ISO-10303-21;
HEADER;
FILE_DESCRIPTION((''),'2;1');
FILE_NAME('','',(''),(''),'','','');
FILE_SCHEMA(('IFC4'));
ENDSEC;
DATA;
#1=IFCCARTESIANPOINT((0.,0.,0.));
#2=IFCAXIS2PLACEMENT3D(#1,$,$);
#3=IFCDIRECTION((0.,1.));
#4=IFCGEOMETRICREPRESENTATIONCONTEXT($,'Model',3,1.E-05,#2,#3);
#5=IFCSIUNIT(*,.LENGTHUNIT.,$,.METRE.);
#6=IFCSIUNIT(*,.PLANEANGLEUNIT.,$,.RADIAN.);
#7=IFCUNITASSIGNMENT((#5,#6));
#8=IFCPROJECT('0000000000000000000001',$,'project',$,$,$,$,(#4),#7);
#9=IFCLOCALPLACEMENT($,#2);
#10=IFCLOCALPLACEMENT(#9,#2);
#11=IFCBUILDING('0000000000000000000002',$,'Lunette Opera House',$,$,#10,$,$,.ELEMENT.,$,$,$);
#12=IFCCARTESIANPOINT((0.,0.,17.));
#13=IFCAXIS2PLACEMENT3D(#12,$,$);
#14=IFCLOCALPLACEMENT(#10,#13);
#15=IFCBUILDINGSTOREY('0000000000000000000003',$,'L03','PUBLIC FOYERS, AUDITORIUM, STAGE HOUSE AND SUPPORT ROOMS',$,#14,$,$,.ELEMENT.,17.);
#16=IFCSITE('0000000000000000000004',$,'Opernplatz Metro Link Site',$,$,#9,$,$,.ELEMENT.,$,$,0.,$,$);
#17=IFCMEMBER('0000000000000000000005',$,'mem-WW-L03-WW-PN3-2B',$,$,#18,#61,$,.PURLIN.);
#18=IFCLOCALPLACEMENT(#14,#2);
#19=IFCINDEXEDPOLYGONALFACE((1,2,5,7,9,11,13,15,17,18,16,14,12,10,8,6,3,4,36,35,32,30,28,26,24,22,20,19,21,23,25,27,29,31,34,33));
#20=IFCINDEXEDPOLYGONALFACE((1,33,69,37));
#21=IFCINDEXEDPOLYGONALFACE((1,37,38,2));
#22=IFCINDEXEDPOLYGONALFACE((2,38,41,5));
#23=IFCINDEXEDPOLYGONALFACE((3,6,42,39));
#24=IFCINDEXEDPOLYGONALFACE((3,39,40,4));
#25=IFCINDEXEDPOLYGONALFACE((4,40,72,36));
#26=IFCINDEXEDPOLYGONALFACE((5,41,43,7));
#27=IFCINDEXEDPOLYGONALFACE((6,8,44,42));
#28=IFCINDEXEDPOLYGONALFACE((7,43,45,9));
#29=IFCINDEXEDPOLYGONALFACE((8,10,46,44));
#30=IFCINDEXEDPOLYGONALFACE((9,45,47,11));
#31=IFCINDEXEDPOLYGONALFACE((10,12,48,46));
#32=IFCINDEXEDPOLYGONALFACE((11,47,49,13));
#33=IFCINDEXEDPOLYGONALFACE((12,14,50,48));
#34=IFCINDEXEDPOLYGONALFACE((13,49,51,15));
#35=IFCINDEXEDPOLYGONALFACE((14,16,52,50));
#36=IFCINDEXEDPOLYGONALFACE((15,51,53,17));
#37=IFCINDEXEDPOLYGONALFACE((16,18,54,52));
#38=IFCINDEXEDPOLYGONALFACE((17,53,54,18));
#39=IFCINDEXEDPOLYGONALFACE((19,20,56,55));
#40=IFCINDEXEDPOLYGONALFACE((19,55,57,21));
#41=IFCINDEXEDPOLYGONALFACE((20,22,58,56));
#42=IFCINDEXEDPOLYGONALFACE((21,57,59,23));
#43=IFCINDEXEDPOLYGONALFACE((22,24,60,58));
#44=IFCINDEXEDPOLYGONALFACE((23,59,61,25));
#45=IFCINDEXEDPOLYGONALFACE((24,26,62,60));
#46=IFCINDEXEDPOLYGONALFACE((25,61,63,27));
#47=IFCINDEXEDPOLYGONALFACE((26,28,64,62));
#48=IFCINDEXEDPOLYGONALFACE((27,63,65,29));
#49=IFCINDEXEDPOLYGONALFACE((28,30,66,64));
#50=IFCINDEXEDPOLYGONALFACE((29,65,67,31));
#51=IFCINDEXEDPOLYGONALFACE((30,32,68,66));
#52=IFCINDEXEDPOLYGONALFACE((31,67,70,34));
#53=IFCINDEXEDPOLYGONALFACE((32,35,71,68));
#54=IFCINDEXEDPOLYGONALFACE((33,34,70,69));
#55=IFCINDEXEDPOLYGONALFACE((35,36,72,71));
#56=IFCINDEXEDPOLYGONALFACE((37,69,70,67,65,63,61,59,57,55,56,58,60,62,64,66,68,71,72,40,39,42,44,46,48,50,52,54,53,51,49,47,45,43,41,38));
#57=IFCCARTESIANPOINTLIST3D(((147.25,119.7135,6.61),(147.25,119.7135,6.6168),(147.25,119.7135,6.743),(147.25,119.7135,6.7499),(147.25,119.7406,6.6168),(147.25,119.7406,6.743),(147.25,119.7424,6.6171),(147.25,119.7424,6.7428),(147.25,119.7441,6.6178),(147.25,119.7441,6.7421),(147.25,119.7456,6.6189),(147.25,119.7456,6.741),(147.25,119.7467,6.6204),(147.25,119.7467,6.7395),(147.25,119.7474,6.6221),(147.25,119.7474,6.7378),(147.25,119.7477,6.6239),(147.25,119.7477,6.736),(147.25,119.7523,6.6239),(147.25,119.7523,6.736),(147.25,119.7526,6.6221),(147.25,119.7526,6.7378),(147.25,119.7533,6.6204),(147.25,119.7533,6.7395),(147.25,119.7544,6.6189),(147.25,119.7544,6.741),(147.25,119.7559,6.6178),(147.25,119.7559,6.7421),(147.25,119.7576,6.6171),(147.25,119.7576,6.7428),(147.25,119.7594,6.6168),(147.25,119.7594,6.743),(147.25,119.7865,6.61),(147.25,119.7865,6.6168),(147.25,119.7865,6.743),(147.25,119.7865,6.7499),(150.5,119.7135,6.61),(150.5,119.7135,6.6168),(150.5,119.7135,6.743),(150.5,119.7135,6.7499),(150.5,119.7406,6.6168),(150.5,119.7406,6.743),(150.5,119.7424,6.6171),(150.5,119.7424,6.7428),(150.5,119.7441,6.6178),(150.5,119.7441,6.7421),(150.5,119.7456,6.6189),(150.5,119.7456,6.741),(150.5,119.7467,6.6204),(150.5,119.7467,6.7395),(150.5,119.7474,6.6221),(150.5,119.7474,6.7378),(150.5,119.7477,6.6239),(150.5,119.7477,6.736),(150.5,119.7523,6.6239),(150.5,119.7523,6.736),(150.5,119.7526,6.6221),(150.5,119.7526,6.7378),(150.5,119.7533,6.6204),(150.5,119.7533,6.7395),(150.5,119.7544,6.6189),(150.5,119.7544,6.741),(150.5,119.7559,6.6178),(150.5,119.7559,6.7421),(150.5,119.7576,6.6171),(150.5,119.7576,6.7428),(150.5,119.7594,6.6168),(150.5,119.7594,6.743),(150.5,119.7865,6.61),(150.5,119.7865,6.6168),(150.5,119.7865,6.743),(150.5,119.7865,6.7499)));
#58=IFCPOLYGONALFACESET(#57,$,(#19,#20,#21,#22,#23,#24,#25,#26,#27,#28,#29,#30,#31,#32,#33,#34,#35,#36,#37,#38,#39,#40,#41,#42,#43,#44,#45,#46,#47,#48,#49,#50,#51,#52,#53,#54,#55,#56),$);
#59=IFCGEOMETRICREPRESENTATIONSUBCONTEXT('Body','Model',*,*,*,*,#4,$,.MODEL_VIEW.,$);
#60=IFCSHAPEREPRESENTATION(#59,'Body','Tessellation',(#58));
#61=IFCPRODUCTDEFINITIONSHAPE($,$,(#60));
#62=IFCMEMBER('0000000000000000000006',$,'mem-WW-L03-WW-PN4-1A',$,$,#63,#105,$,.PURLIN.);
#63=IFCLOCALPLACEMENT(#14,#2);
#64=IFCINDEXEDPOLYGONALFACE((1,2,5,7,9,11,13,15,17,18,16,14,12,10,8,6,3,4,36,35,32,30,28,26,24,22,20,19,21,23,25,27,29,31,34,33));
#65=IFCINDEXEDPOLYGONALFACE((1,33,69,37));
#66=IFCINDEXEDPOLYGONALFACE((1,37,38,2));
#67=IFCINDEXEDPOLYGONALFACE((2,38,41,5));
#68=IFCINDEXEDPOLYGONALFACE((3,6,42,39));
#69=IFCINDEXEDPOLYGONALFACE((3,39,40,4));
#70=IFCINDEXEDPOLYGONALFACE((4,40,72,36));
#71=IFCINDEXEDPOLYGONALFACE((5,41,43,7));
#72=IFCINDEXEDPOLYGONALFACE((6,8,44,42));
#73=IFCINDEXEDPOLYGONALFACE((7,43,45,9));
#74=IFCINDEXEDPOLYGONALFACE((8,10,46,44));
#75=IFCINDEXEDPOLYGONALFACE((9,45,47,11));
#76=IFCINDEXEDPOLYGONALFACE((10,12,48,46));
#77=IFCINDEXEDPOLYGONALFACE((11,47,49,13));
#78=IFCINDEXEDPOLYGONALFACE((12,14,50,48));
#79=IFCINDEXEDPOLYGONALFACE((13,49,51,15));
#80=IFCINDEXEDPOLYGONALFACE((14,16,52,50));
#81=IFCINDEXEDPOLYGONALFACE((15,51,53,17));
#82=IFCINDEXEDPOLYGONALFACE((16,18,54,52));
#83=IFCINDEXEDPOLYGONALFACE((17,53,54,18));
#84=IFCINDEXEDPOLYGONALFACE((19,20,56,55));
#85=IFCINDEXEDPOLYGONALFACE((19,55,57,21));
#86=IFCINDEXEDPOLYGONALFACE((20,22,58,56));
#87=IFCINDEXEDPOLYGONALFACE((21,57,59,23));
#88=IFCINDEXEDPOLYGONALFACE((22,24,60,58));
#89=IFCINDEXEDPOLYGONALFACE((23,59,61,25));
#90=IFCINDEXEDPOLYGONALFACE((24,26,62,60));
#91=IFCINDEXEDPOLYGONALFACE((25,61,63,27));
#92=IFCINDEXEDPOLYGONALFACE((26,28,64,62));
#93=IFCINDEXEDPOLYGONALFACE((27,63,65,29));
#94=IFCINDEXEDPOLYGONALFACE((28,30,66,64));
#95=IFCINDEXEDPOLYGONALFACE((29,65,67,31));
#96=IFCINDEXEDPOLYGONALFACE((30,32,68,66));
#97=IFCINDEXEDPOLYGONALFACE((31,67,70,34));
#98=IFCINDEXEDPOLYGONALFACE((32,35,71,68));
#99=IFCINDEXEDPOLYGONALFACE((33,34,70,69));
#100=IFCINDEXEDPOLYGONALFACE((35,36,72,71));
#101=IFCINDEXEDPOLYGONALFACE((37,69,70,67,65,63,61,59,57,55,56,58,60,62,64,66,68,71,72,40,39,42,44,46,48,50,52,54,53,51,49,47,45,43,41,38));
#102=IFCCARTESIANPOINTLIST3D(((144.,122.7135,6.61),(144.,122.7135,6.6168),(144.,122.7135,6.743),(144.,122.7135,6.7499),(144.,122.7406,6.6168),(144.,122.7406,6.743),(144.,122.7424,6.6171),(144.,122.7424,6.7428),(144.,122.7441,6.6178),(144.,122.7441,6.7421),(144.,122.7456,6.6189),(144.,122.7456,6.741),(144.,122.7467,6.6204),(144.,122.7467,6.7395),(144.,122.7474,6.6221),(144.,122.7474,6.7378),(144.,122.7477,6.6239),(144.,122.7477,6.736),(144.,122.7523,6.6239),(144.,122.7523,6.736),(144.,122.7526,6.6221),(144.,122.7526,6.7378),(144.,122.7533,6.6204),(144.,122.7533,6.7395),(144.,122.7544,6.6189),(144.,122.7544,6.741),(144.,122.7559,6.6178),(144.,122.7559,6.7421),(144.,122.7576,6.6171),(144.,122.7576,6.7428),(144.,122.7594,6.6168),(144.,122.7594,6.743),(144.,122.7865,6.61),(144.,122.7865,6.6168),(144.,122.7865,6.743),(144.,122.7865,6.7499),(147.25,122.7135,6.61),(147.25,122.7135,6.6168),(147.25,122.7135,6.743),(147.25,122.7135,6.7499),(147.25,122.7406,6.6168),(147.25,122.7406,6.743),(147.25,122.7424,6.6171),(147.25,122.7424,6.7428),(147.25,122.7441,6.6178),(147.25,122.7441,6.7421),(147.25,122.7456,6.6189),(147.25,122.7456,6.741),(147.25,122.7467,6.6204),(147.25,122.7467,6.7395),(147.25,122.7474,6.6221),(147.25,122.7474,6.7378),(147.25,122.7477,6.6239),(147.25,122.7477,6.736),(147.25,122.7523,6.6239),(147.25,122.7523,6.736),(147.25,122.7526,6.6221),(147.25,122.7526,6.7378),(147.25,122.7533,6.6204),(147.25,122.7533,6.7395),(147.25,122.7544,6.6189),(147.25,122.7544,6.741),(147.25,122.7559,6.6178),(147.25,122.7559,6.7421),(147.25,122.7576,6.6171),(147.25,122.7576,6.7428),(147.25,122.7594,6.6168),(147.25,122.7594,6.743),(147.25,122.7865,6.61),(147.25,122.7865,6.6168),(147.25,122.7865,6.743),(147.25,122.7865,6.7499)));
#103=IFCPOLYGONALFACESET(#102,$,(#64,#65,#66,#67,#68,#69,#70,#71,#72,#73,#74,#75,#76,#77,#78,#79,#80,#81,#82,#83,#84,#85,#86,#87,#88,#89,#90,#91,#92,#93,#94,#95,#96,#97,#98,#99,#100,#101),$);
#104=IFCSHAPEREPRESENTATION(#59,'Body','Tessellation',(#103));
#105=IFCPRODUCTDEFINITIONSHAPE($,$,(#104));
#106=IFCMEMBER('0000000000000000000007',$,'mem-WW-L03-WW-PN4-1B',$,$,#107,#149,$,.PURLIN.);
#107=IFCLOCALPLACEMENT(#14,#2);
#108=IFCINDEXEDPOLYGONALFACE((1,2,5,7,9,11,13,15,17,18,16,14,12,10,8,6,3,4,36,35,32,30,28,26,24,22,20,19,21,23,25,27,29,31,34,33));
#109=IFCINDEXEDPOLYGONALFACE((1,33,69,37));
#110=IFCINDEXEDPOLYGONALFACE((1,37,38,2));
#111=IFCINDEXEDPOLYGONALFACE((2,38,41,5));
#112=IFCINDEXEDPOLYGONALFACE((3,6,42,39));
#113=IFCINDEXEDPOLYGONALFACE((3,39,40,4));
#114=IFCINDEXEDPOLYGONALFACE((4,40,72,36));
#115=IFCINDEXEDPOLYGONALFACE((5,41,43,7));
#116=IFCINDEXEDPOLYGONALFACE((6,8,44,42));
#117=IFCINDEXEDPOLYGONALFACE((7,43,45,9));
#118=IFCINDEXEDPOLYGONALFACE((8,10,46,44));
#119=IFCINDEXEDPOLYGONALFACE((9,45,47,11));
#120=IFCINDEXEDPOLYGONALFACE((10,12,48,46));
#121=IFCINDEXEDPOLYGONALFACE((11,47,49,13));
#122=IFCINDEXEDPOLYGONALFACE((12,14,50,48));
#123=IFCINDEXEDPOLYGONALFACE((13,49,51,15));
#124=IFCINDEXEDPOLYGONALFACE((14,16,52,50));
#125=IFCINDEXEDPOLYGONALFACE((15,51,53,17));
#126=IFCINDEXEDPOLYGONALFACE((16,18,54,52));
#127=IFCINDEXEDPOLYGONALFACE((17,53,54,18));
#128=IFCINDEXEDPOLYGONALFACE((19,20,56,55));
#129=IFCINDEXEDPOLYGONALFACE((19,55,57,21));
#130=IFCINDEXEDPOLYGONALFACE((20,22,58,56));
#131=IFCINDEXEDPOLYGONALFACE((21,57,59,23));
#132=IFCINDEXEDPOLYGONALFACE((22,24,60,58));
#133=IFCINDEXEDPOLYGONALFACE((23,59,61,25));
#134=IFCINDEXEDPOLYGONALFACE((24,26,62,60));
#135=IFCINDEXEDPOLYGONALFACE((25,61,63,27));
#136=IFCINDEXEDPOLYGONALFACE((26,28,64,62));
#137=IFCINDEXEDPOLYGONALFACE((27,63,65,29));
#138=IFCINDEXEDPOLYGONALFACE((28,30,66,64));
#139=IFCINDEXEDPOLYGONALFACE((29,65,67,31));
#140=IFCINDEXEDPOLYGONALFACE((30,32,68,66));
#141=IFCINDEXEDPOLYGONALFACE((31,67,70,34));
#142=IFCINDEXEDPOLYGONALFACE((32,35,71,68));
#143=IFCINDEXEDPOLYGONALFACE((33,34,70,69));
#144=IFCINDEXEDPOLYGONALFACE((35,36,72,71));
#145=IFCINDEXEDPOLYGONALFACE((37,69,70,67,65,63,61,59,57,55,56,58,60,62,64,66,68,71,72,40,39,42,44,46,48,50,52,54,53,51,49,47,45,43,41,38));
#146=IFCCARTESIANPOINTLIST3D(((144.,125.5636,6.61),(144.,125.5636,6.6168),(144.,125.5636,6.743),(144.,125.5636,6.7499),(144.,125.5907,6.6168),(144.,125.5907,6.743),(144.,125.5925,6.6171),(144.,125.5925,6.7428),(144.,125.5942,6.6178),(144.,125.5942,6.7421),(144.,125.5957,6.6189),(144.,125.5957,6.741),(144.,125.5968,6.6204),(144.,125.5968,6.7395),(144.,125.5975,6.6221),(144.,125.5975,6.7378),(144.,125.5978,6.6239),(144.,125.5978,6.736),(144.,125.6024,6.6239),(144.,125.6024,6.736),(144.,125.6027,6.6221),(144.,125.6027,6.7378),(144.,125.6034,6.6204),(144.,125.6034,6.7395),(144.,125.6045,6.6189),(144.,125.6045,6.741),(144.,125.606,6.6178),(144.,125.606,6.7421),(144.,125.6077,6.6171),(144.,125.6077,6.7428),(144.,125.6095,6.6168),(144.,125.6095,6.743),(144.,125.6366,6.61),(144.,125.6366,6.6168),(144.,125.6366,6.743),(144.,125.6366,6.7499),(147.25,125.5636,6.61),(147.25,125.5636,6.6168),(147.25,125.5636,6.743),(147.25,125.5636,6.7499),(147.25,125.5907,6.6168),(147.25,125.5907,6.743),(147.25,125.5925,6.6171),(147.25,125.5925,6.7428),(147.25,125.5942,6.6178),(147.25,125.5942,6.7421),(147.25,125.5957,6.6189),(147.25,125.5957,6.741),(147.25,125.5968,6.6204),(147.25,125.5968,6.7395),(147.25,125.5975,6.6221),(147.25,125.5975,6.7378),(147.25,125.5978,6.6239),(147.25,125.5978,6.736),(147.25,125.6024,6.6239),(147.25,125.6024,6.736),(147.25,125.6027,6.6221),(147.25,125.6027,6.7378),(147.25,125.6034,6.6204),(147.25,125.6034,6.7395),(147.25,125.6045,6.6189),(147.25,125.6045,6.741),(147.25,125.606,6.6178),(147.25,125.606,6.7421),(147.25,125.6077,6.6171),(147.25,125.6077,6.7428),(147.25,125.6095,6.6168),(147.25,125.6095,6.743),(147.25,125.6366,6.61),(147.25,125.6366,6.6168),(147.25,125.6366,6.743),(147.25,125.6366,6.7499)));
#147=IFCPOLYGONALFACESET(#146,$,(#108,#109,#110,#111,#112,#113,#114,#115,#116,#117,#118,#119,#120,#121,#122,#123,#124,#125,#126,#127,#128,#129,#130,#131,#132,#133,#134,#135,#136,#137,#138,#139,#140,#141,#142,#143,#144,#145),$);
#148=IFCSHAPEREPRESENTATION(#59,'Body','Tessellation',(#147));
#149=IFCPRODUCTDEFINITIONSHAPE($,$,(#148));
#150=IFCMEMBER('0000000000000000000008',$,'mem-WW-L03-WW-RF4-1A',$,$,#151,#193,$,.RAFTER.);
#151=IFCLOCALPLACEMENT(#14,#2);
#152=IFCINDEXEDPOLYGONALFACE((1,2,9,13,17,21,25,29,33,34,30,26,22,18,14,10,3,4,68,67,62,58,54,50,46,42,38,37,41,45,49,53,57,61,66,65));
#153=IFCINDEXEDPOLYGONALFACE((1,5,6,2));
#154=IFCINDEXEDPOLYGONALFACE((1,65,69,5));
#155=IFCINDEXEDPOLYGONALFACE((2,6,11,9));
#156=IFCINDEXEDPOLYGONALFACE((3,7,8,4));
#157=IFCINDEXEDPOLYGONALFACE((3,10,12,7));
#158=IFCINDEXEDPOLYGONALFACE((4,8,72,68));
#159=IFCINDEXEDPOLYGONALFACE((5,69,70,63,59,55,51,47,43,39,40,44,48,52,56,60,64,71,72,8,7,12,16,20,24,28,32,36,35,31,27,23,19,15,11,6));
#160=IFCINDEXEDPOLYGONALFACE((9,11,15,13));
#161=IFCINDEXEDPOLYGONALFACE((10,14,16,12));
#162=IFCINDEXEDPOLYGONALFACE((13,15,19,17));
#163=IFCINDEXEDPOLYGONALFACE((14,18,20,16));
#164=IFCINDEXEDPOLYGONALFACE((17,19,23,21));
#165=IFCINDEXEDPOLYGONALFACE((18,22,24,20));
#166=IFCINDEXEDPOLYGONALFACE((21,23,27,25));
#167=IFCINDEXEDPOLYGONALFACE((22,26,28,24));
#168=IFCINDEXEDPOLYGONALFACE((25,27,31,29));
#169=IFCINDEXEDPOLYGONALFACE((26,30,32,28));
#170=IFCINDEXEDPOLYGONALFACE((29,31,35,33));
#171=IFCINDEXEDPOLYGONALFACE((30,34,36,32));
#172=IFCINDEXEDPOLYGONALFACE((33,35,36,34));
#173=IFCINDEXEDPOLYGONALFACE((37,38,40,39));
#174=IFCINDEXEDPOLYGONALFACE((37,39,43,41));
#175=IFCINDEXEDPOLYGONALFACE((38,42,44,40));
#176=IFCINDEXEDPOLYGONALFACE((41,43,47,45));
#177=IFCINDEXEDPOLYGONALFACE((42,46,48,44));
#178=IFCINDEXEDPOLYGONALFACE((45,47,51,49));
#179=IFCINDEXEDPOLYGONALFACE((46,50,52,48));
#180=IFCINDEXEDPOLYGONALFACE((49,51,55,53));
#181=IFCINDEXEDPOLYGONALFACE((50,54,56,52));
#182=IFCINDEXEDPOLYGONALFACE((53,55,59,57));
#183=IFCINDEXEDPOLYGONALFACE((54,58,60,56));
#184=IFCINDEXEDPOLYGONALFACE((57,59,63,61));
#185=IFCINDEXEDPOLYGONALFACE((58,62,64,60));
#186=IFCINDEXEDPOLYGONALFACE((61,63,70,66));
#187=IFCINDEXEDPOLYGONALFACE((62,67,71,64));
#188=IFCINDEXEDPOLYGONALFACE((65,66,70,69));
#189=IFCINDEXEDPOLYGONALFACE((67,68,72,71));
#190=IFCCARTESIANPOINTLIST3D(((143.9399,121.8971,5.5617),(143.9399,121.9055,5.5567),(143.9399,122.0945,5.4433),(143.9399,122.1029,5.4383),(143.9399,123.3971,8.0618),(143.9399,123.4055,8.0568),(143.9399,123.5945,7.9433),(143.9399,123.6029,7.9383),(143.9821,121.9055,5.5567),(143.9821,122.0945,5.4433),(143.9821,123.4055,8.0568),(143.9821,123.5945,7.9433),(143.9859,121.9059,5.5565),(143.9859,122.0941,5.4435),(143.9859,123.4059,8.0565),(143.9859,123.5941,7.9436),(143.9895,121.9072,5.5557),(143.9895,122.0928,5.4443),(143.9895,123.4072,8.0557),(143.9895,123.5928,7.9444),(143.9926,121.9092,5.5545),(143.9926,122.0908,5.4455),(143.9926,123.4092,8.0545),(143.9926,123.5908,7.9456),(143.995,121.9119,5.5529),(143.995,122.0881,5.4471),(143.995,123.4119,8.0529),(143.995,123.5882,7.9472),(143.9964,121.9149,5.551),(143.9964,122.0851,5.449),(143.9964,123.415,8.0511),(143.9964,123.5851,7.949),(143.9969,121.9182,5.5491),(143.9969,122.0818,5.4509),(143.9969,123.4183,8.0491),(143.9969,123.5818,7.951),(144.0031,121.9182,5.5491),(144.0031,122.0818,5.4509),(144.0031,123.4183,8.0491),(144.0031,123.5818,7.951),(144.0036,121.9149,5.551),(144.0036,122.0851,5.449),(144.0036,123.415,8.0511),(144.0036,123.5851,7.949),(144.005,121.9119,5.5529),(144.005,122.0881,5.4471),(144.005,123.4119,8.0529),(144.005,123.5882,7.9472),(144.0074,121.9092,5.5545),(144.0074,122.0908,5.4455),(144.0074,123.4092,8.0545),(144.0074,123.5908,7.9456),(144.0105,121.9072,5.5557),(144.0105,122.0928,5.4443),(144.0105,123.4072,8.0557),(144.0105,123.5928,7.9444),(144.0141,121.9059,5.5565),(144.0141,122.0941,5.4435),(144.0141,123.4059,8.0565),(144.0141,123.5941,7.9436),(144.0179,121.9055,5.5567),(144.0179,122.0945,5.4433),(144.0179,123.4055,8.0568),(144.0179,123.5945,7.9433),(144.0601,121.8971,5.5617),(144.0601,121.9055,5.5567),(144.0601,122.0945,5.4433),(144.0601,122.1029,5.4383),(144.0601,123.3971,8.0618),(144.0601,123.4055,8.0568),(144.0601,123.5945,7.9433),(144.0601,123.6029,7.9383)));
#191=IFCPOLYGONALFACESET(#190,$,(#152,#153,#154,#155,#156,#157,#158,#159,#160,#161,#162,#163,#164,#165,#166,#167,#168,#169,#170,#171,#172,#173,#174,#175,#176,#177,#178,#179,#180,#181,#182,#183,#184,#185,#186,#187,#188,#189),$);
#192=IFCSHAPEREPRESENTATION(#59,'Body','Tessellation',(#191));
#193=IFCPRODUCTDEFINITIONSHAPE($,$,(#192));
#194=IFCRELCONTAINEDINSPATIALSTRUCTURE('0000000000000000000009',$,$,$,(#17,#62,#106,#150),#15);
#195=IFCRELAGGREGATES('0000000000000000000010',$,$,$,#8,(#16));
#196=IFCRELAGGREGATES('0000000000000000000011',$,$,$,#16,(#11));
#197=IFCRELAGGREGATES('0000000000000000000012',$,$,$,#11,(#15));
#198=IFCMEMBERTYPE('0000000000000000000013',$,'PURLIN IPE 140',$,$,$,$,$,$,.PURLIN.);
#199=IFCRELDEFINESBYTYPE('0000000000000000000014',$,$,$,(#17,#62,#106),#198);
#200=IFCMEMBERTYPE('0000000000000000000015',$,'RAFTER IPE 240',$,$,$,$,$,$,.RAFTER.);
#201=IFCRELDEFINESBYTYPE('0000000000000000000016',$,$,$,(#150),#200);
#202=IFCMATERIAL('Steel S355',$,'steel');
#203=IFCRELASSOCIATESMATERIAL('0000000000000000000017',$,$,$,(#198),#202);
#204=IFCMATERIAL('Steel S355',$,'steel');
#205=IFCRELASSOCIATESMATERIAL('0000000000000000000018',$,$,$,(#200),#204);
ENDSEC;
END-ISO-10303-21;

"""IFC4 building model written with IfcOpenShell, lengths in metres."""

from ifc_helpers import new_model, si_unit, direction, frame, origin, origin_2d, place, context, subcontext, project, spatial, i_section, extrude, material, material_profile, profile_set, type_object, element, save


model = new_model("IFC4")

# Units and contexts
model_context = context("Model", 3, precision=1e-05, world=origin(), true_north=direction((0.0, 1.0)))
body_context = subcontext(model_context, "Body", "Model", "MODEL_VIEW")
ifc_project = project(units=[si_unit("LENGTHUNIT", "METRE"), si_unit("PLANEANGLEUNIT", "RADIAN")], contexts=[model_context])

# Site, building, storey
site_placement = place(None, origin())
site = spatial("IfcSite", under=ifc_project, at=site_placement, Name="Opernplatz Metro Link Site", CompositionType="ELEMENT", RefElevation=0.0)
building_placement = place(site_placement, origin())
building = spatial("IfcBuilding", under=site, at=building_placement, Name="Lunette Opera House", CompositionType="ELEMENT")
storey_placement = place(building_placement, frame((0.0, 0.0, 17.0)))
storey = spatial("IfcBuildingStorey", under=building, at=storey_placement, Name="L03", Description="PUBLIC FOYERS, AUDITORIUM, STAGE HOUSE AND SUPPORT ROOMS", CompositionType="ELEMENT", Elevation=17.0)

# Members
ifc_material_1 = material(Name="Steel S355", Category="steel")
ifc_material_profile_1 = material_profile(ifc_material_1, i_section(OverallWidth=0.073, OverallDepth=0.1399, WebThickness=0.0046, FlangeThickness=0.0068, FilletRadius=0.0071, at=origin_2d()), Name="IPE 140")
ifc_profile_set_1 = profile_set([ifc_material_profile_1], Name="Steel S355")
member_type_1 = type_object("IfcMemberType", Name="PURLIN IPE 140", PredefinedType="PURLIN", material=ifc_profile_set_1)
for number, where, z_axis, x_axis, name in (
    (1, (147.25, 119.75, 6.6799), (1.0, 0.0, 0.0), (0.0, 1.0, 0.0), "mem-WW-L03-WW-PN3-2B"),
    (2, (144.0, 122.75, 6.6799), (1.0, 0.0, 0.0), (0.0, 1.0, 0.0), "mem-WW-L03-WW-PN4-1A"),
    (3, (144.0, 125.6001, 6.6799), (1.0, 0.0, 0.0), (0.0, 1.0, 0.0), "mem-WW-L03-WW-PN4-1B"),
):
    element("IfcMember", number, at=place(storey_placement, frame(where, z_axis=z_axis, x_axis=x_axis)), inside=storey, type_object=member_type_1, Name=name, PredefinedType="PURLIN", context=body_context, shape_type="SweptSolid", body=[
        extrude(i_section(OverallWidth=0.073, OverallDepth=0.1399, WebThickness=0.0046, FlangeThickness=0.0068, FilletRadius=0.0071, at=origin_2d()), origin(), (0.0, 0.0, 1.0), 3.25),
    ])
ifc_material_2 = material(Name="Steel S355", Category="steel")
ifc_material_profile_2 = material_profile(ifc_material_2, i_section(OverallWidth=0.1201, OverallDepth=0.24, WebThickness=0.0061, FlangeThickness=0.0098, FilletRadius=0.0149, at=origin_2d()), Name="IPE 240")
ifc_profile_set_2 = profile_set([ifc_material_profile_2], Name="Steel S355")
member_type_2 = type_object("IfcMemberType", Name="RAFTER IPE 240", PredefinedType="RAFTER", material=ifc_profile_set_2)
member_1_placement = place(storey_placement, frame((144.0, 122.0, 5.5), z_axis=(0.0, 0.514496, 0.857493), x_axis=(-1.0, 0.0, 0.0)))
element("IfcMember", 4, at=member_1_placement, inside=storey, type_object=member_type_2, Name="mem-WW-L03-WW-RF4-1A", PredefinedType="RAFTER", context=body_context, shape_type="SweptSolid", body=[
    extrude(i_section(OverallWidth=0.1201, OverallDepth=0.24, WebThickness=0.0061, FlangeThickness=0.0098, FilletRadius=0.0149, at=origin_2d()), origin(), (0.0, 0.0, 1.0), 2.9155),
])

save(model, "model.ifc")
